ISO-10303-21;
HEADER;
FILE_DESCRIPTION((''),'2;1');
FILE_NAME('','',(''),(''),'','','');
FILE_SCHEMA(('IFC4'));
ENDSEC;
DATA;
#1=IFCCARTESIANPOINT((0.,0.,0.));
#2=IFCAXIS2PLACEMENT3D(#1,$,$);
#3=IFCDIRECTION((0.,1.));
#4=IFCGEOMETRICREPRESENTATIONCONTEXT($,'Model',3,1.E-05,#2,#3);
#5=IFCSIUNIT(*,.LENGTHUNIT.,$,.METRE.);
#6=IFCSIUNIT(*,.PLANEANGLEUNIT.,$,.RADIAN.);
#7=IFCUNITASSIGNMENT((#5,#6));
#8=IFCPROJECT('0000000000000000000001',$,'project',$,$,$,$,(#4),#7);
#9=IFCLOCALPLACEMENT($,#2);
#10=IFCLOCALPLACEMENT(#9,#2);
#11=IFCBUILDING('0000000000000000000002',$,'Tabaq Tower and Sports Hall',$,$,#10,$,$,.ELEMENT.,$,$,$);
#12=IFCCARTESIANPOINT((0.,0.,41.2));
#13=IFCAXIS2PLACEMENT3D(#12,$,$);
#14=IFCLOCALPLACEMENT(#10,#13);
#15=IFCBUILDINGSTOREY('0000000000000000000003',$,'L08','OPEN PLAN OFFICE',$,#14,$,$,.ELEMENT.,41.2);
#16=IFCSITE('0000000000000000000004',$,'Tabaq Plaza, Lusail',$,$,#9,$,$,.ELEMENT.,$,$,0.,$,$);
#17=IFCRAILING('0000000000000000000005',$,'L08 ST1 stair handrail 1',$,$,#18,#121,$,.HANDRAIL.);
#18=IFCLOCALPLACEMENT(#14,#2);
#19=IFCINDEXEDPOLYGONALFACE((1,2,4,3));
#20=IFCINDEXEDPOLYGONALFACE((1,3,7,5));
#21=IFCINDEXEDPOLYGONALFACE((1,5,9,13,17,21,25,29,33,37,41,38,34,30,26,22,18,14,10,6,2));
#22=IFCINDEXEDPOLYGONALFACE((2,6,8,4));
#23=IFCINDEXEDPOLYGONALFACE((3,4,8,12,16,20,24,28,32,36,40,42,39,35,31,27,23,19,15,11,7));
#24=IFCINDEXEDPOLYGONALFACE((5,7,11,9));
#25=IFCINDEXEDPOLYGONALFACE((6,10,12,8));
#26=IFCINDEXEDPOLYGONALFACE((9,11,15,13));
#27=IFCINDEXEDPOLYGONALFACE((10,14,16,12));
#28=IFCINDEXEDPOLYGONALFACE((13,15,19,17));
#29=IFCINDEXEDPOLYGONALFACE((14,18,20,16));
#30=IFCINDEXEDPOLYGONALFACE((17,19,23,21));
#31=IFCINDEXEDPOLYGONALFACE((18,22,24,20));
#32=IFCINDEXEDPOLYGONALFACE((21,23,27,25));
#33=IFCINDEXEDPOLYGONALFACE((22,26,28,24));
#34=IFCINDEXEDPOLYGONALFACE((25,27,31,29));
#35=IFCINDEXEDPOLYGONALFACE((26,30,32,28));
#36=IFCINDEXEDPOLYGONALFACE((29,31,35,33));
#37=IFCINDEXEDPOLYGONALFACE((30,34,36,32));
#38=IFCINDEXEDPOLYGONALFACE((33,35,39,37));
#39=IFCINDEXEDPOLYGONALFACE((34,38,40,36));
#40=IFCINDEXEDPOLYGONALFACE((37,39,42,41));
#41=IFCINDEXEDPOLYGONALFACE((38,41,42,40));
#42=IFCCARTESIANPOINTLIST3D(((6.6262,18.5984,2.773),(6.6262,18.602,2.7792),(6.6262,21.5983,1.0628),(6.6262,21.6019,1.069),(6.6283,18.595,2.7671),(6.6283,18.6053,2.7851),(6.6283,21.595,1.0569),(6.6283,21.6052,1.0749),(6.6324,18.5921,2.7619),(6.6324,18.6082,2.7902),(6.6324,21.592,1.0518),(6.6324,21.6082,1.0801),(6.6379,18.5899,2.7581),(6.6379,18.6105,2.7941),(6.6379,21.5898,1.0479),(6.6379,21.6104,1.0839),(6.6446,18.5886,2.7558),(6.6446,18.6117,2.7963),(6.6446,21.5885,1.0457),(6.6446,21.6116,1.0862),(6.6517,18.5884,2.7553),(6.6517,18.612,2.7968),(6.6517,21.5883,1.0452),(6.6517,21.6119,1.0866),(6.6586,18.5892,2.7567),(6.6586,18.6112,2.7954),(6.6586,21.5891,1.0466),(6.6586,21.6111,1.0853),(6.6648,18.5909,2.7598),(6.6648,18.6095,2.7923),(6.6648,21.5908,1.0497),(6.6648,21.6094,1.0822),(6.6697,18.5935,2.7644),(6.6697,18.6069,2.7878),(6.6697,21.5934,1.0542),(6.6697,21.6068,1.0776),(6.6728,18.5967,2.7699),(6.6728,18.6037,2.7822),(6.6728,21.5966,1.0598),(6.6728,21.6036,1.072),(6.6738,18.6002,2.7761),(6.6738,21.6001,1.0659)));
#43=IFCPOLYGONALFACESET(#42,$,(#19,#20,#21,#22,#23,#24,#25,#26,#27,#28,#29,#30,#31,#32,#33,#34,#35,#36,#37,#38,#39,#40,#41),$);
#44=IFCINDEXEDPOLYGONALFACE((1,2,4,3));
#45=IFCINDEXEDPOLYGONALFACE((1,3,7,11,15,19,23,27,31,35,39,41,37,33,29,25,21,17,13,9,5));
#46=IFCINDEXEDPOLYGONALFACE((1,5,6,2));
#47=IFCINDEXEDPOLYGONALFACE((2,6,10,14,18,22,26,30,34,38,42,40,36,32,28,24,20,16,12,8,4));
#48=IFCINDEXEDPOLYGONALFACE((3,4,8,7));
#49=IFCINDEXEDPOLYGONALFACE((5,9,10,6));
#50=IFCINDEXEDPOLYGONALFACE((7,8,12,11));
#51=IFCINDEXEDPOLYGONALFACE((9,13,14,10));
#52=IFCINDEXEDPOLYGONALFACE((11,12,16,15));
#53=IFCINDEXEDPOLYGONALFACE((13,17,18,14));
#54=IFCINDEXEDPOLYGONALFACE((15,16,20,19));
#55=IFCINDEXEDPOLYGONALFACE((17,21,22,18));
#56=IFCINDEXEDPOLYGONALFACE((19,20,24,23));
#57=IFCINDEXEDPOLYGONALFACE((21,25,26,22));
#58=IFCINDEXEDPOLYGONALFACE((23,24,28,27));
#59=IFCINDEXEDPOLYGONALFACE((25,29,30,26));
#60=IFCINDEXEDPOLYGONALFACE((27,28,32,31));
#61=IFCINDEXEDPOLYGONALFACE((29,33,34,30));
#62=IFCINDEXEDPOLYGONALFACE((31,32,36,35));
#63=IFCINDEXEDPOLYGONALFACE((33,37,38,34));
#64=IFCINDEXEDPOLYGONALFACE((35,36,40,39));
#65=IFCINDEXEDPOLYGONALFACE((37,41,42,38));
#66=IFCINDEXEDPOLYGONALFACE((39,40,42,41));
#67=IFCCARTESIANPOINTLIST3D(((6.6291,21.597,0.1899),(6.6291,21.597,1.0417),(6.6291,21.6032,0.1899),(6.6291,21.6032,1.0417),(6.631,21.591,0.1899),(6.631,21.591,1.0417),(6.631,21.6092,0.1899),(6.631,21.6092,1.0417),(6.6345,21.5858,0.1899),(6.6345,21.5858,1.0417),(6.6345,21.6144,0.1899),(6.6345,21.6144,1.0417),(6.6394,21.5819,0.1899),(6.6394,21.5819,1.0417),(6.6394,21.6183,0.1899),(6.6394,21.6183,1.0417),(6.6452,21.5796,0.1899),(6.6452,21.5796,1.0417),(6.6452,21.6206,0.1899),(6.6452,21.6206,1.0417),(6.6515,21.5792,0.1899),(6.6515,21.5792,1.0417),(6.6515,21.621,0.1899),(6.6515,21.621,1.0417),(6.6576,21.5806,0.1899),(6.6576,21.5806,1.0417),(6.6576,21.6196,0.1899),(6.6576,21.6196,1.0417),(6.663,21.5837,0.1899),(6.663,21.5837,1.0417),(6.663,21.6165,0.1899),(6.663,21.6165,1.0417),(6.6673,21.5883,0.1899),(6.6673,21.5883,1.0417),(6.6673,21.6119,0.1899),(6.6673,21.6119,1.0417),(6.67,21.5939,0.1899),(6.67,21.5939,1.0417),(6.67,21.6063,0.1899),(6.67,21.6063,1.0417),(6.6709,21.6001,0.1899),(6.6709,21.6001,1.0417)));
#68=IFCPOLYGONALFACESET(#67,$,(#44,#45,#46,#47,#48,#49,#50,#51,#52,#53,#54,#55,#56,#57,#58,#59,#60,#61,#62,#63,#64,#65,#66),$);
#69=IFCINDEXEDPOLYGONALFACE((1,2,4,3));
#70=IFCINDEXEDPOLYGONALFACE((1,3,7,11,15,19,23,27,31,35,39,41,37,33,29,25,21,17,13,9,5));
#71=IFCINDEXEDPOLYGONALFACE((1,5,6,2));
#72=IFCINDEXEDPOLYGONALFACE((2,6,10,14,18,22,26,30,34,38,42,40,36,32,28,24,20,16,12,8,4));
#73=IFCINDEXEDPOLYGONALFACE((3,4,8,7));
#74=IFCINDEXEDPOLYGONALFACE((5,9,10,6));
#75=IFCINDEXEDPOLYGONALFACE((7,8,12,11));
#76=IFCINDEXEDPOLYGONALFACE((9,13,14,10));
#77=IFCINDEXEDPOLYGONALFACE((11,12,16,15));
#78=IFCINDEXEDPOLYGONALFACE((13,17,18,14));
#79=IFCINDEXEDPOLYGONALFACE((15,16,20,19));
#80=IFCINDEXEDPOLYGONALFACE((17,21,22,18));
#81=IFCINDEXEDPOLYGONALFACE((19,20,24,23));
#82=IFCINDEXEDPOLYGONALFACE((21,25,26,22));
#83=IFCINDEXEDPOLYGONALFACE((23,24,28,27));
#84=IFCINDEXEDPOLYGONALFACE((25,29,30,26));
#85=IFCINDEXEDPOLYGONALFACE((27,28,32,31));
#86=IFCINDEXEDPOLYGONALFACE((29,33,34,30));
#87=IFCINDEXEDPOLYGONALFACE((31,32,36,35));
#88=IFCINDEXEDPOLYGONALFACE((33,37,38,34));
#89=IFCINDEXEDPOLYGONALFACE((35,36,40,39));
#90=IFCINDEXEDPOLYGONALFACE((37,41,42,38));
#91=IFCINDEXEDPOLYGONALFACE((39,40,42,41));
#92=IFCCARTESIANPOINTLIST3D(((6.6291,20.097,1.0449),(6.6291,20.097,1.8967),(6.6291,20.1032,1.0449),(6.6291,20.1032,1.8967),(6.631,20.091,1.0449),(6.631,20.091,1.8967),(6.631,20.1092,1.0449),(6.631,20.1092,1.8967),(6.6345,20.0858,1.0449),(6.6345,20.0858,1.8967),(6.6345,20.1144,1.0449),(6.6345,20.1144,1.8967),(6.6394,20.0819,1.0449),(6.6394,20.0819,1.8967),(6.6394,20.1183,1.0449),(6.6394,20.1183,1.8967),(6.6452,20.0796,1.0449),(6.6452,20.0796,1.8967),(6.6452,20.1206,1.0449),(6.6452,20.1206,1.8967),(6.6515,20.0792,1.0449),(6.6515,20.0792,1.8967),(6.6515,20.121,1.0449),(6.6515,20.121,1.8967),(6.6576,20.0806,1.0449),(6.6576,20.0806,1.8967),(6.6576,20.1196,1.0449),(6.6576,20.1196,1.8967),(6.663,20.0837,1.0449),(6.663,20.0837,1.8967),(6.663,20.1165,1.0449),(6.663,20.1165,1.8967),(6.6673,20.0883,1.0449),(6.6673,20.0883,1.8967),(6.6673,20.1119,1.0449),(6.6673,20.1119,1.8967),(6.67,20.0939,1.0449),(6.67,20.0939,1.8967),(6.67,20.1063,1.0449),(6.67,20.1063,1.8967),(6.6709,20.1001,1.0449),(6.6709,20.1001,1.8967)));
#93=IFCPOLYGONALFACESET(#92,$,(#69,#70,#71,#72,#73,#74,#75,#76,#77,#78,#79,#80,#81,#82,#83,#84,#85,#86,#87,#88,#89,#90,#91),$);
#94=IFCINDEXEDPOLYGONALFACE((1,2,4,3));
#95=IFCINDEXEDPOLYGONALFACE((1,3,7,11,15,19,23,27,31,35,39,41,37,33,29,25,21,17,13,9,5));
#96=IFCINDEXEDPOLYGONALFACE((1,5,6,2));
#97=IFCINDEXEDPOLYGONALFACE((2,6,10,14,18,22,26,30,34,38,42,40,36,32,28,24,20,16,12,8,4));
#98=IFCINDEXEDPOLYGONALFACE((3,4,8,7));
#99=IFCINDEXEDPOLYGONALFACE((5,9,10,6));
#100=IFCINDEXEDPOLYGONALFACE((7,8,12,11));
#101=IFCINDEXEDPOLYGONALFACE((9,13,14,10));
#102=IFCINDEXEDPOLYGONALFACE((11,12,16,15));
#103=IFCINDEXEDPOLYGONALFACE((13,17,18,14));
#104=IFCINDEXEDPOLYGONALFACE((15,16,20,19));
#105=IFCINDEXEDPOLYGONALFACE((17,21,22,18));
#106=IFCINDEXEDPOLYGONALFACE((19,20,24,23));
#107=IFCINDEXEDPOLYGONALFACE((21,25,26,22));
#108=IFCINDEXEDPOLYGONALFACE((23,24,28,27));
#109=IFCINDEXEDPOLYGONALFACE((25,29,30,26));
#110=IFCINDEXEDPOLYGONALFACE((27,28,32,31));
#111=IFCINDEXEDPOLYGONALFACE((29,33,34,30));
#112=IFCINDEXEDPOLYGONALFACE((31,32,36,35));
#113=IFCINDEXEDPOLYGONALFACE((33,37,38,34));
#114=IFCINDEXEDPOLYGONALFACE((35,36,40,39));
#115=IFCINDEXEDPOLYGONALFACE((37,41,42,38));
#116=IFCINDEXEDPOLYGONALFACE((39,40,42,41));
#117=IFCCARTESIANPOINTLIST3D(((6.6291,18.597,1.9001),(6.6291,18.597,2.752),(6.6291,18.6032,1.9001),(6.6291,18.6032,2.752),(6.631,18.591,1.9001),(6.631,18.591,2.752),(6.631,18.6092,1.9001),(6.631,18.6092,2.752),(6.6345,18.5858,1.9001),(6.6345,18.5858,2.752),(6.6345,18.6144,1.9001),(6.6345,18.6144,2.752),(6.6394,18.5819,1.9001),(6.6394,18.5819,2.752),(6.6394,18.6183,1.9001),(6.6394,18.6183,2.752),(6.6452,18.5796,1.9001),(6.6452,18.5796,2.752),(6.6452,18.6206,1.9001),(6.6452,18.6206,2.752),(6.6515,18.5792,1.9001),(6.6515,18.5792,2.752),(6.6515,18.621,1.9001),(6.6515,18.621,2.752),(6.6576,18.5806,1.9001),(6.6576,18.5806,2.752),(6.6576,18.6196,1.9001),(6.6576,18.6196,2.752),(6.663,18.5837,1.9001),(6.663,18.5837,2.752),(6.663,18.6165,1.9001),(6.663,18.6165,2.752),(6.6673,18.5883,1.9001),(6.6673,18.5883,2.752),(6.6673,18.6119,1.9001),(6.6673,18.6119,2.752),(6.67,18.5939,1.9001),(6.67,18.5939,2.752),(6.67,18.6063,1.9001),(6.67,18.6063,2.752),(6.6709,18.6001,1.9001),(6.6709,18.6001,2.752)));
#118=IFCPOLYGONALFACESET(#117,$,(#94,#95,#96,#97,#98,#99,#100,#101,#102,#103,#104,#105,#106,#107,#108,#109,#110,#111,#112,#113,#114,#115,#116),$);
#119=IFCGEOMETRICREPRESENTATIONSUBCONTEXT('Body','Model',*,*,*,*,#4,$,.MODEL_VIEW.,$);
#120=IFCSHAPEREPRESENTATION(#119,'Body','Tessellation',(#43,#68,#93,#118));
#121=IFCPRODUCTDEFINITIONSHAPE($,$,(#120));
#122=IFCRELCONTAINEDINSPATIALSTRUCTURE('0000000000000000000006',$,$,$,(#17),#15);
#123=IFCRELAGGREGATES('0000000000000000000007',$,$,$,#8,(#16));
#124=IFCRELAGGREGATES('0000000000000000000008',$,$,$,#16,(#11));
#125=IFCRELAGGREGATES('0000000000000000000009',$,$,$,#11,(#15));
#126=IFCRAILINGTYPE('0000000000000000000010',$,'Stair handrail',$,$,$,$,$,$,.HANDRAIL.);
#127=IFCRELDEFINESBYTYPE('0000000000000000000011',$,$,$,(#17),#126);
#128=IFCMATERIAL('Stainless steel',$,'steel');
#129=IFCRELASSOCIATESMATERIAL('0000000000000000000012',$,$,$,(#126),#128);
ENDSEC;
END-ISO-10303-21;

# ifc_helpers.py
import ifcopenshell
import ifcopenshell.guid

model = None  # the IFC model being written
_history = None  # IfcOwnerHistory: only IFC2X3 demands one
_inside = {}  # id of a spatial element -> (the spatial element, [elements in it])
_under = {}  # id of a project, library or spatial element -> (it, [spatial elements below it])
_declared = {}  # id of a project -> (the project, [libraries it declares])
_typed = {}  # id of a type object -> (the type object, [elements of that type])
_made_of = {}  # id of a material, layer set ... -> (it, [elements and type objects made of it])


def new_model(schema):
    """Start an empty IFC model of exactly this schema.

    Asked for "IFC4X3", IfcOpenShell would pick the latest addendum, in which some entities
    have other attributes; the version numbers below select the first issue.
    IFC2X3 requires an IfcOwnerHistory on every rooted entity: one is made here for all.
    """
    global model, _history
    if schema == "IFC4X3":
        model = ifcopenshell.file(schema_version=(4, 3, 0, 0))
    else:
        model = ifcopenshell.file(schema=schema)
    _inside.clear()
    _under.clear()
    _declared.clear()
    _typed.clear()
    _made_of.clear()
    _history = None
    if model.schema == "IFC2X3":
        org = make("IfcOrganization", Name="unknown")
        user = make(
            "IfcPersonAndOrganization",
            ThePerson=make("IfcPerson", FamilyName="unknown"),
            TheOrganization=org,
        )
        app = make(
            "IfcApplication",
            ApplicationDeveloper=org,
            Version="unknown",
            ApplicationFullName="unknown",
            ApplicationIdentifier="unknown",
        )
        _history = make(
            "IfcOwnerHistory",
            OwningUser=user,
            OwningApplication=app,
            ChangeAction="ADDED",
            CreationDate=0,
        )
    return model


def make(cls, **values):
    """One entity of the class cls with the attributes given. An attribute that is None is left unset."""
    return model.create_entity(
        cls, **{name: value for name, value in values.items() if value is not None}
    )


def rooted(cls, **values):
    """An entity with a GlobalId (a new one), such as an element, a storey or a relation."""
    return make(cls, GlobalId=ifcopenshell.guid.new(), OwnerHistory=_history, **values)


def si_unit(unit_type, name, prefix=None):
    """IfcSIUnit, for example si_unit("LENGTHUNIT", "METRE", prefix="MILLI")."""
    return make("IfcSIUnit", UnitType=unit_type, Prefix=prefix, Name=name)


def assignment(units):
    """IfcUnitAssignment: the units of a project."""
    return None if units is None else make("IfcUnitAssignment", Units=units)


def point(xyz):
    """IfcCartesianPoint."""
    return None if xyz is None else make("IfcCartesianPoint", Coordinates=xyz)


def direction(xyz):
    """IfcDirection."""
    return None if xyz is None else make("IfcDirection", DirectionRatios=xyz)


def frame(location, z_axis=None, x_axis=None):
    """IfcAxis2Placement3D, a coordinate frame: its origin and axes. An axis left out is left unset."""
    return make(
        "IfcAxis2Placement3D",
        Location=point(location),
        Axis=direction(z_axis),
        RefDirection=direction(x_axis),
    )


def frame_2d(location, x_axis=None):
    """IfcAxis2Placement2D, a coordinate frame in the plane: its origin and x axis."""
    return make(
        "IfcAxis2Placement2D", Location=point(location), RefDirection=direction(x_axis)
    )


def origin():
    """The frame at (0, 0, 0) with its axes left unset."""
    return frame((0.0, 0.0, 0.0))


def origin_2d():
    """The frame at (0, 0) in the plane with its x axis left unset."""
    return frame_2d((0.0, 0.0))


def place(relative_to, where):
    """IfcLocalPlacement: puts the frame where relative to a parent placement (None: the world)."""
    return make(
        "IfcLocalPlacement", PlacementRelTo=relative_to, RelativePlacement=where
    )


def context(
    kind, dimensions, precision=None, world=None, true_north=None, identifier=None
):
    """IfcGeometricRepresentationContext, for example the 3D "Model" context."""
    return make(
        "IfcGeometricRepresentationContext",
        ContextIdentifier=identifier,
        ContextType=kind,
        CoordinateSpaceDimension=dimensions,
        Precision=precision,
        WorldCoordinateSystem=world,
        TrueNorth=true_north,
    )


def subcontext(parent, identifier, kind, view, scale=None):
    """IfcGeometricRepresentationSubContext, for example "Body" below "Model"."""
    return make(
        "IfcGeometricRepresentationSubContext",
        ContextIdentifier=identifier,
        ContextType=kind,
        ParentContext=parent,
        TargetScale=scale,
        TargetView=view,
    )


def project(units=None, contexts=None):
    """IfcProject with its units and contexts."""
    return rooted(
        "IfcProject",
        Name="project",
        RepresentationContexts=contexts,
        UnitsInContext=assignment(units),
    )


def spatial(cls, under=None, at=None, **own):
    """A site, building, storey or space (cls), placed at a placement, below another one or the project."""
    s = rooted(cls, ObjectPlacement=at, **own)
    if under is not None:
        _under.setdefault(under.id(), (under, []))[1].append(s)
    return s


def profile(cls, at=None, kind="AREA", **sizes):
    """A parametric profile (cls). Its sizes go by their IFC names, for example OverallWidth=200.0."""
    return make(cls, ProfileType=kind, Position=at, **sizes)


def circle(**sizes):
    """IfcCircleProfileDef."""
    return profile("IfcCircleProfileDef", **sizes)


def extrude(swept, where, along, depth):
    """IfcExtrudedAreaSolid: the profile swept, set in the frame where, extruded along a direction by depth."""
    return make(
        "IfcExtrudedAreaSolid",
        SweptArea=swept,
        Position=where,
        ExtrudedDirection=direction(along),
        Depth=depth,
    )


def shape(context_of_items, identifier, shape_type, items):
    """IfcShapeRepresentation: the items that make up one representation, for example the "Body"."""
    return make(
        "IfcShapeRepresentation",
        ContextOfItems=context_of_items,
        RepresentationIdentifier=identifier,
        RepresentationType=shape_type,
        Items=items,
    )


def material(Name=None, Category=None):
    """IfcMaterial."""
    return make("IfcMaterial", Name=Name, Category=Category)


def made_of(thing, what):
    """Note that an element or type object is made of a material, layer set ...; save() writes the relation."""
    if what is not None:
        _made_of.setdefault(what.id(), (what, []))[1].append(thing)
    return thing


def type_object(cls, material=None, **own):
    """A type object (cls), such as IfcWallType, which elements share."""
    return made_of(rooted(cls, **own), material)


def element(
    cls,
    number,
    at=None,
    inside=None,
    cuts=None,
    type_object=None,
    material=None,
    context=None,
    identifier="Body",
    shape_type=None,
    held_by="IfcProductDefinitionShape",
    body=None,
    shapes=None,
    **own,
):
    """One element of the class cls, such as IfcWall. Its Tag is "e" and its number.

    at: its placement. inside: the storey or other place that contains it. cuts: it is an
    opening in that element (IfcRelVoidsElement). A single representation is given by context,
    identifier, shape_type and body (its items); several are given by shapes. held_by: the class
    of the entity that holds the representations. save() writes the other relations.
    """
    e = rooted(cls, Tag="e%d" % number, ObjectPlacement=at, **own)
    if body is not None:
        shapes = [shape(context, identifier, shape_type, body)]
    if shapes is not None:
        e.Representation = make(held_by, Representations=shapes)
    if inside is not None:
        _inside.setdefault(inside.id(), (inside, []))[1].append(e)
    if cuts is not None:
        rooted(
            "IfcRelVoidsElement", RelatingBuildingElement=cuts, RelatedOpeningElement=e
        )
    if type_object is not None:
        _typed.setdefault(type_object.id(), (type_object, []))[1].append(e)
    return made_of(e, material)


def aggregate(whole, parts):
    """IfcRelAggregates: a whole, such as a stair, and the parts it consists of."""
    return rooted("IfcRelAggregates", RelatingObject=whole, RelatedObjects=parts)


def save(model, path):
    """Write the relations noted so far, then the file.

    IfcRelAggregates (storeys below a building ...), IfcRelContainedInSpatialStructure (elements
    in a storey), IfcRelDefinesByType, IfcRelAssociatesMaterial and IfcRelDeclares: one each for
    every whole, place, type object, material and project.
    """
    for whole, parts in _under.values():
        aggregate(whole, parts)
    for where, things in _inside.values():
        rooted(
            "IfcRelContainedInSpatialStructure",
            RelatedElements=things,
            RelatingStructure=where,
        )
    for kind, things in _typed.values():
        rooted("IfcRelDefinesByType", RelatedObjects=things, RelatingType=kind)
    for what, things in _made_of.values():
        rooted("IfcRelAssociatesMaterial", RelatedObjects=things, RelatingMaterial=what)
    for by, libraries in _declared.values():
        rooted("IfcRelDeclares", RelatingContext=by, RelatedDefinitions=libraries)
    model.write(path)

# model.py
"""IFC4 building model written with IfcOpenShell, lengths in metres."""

from ifc_helpers import new_model, si_unit, direction, frame, origin, origin_2d, place, context, subcontext, project, spatial, circle, extrude, material, type_object, element, save


model = new_model("IFC4")

# Units and contexts
model_context = context("Model", 3, precision=1e-05, world=origin(), true_north=direction((0.0, 1.0)))
body_context = subcontext(model_context, "Body", "Model", "MODEL_VIEW")
ifc_project = project(units=[si_unit("LENGTHUNIT", "METRE"), si_unit("PLANEANGLEUNIT", "RADIAN")], contexts=[model_context])

# Site, building, storey
site_placement = place(None, origin())
site = spatial("IfcSite", under=ifc_project, at=site_placement, Name="Tabaq Plaza, Lusail", CompositionType="ELEMENT", RefElevation=0.0)
building_placement = place(site_placement, origin())
building = spatial("IfcBuilding", under=site, at=building_placement, Name="Tabaq Tower and Sports Hall", CompositionType="ELEMENT")
storey_placement = place(building_placement, frame((0.0, 0.0, 41.2)))
storey = spatial("IfcBuildingStorey", under=building, at=storey_placement, Name="L08", Description="OPEN PLAN OFFICE", CompositionType="ELEMENT", Elevation=41.2)

# Railing
ifc_material_1 = material(Name="Stainless steel", Category="steel")
railing_type_1 = type_object("IfcRailingType", Name="Stair handrail", PredefinedType="HANDRAIL", material=ifc_material_1)
railing_1_placement = place(storey_placement, frame((6.6499, 21.6001, 0.1899)))
element("IfcRailing", 1, at=railing_1_placement, inside=storey, type_object=railing_type_1, Name="L08 ST1 stair handrail 1", PredefinedType="HANDRAIL", context=body_context, shape_type="SweptSolid", body=[
    extrude(circle(Radius=0.0239, at=origin_2d()), frame((0.0, 0.0, 0.876), z_axis=(0.0, -0.868752, 0.495248), x_axis=(1.0, 0.0, 0.0)), (0.0, 0.0, 1.0), 3.4531),
    extrude(circle(Radius=0.021, at=origin_2d()), origin(), (0.0, 0.0, 1.0), 0.8518),
    extrude(circle(Radius=0.021, at=origin_2d()), frame((0.0, -1.5, 0.855)), (0.0, 0.0, 1.0), 0.8518),
    extrude(circle(Radius=0.021, at=origin_2d()), frame((0.0, -3.0, 1.7102)), (0.0, 0.0, 1.0), 0.8518),
])

save(model, "model.ifc")
